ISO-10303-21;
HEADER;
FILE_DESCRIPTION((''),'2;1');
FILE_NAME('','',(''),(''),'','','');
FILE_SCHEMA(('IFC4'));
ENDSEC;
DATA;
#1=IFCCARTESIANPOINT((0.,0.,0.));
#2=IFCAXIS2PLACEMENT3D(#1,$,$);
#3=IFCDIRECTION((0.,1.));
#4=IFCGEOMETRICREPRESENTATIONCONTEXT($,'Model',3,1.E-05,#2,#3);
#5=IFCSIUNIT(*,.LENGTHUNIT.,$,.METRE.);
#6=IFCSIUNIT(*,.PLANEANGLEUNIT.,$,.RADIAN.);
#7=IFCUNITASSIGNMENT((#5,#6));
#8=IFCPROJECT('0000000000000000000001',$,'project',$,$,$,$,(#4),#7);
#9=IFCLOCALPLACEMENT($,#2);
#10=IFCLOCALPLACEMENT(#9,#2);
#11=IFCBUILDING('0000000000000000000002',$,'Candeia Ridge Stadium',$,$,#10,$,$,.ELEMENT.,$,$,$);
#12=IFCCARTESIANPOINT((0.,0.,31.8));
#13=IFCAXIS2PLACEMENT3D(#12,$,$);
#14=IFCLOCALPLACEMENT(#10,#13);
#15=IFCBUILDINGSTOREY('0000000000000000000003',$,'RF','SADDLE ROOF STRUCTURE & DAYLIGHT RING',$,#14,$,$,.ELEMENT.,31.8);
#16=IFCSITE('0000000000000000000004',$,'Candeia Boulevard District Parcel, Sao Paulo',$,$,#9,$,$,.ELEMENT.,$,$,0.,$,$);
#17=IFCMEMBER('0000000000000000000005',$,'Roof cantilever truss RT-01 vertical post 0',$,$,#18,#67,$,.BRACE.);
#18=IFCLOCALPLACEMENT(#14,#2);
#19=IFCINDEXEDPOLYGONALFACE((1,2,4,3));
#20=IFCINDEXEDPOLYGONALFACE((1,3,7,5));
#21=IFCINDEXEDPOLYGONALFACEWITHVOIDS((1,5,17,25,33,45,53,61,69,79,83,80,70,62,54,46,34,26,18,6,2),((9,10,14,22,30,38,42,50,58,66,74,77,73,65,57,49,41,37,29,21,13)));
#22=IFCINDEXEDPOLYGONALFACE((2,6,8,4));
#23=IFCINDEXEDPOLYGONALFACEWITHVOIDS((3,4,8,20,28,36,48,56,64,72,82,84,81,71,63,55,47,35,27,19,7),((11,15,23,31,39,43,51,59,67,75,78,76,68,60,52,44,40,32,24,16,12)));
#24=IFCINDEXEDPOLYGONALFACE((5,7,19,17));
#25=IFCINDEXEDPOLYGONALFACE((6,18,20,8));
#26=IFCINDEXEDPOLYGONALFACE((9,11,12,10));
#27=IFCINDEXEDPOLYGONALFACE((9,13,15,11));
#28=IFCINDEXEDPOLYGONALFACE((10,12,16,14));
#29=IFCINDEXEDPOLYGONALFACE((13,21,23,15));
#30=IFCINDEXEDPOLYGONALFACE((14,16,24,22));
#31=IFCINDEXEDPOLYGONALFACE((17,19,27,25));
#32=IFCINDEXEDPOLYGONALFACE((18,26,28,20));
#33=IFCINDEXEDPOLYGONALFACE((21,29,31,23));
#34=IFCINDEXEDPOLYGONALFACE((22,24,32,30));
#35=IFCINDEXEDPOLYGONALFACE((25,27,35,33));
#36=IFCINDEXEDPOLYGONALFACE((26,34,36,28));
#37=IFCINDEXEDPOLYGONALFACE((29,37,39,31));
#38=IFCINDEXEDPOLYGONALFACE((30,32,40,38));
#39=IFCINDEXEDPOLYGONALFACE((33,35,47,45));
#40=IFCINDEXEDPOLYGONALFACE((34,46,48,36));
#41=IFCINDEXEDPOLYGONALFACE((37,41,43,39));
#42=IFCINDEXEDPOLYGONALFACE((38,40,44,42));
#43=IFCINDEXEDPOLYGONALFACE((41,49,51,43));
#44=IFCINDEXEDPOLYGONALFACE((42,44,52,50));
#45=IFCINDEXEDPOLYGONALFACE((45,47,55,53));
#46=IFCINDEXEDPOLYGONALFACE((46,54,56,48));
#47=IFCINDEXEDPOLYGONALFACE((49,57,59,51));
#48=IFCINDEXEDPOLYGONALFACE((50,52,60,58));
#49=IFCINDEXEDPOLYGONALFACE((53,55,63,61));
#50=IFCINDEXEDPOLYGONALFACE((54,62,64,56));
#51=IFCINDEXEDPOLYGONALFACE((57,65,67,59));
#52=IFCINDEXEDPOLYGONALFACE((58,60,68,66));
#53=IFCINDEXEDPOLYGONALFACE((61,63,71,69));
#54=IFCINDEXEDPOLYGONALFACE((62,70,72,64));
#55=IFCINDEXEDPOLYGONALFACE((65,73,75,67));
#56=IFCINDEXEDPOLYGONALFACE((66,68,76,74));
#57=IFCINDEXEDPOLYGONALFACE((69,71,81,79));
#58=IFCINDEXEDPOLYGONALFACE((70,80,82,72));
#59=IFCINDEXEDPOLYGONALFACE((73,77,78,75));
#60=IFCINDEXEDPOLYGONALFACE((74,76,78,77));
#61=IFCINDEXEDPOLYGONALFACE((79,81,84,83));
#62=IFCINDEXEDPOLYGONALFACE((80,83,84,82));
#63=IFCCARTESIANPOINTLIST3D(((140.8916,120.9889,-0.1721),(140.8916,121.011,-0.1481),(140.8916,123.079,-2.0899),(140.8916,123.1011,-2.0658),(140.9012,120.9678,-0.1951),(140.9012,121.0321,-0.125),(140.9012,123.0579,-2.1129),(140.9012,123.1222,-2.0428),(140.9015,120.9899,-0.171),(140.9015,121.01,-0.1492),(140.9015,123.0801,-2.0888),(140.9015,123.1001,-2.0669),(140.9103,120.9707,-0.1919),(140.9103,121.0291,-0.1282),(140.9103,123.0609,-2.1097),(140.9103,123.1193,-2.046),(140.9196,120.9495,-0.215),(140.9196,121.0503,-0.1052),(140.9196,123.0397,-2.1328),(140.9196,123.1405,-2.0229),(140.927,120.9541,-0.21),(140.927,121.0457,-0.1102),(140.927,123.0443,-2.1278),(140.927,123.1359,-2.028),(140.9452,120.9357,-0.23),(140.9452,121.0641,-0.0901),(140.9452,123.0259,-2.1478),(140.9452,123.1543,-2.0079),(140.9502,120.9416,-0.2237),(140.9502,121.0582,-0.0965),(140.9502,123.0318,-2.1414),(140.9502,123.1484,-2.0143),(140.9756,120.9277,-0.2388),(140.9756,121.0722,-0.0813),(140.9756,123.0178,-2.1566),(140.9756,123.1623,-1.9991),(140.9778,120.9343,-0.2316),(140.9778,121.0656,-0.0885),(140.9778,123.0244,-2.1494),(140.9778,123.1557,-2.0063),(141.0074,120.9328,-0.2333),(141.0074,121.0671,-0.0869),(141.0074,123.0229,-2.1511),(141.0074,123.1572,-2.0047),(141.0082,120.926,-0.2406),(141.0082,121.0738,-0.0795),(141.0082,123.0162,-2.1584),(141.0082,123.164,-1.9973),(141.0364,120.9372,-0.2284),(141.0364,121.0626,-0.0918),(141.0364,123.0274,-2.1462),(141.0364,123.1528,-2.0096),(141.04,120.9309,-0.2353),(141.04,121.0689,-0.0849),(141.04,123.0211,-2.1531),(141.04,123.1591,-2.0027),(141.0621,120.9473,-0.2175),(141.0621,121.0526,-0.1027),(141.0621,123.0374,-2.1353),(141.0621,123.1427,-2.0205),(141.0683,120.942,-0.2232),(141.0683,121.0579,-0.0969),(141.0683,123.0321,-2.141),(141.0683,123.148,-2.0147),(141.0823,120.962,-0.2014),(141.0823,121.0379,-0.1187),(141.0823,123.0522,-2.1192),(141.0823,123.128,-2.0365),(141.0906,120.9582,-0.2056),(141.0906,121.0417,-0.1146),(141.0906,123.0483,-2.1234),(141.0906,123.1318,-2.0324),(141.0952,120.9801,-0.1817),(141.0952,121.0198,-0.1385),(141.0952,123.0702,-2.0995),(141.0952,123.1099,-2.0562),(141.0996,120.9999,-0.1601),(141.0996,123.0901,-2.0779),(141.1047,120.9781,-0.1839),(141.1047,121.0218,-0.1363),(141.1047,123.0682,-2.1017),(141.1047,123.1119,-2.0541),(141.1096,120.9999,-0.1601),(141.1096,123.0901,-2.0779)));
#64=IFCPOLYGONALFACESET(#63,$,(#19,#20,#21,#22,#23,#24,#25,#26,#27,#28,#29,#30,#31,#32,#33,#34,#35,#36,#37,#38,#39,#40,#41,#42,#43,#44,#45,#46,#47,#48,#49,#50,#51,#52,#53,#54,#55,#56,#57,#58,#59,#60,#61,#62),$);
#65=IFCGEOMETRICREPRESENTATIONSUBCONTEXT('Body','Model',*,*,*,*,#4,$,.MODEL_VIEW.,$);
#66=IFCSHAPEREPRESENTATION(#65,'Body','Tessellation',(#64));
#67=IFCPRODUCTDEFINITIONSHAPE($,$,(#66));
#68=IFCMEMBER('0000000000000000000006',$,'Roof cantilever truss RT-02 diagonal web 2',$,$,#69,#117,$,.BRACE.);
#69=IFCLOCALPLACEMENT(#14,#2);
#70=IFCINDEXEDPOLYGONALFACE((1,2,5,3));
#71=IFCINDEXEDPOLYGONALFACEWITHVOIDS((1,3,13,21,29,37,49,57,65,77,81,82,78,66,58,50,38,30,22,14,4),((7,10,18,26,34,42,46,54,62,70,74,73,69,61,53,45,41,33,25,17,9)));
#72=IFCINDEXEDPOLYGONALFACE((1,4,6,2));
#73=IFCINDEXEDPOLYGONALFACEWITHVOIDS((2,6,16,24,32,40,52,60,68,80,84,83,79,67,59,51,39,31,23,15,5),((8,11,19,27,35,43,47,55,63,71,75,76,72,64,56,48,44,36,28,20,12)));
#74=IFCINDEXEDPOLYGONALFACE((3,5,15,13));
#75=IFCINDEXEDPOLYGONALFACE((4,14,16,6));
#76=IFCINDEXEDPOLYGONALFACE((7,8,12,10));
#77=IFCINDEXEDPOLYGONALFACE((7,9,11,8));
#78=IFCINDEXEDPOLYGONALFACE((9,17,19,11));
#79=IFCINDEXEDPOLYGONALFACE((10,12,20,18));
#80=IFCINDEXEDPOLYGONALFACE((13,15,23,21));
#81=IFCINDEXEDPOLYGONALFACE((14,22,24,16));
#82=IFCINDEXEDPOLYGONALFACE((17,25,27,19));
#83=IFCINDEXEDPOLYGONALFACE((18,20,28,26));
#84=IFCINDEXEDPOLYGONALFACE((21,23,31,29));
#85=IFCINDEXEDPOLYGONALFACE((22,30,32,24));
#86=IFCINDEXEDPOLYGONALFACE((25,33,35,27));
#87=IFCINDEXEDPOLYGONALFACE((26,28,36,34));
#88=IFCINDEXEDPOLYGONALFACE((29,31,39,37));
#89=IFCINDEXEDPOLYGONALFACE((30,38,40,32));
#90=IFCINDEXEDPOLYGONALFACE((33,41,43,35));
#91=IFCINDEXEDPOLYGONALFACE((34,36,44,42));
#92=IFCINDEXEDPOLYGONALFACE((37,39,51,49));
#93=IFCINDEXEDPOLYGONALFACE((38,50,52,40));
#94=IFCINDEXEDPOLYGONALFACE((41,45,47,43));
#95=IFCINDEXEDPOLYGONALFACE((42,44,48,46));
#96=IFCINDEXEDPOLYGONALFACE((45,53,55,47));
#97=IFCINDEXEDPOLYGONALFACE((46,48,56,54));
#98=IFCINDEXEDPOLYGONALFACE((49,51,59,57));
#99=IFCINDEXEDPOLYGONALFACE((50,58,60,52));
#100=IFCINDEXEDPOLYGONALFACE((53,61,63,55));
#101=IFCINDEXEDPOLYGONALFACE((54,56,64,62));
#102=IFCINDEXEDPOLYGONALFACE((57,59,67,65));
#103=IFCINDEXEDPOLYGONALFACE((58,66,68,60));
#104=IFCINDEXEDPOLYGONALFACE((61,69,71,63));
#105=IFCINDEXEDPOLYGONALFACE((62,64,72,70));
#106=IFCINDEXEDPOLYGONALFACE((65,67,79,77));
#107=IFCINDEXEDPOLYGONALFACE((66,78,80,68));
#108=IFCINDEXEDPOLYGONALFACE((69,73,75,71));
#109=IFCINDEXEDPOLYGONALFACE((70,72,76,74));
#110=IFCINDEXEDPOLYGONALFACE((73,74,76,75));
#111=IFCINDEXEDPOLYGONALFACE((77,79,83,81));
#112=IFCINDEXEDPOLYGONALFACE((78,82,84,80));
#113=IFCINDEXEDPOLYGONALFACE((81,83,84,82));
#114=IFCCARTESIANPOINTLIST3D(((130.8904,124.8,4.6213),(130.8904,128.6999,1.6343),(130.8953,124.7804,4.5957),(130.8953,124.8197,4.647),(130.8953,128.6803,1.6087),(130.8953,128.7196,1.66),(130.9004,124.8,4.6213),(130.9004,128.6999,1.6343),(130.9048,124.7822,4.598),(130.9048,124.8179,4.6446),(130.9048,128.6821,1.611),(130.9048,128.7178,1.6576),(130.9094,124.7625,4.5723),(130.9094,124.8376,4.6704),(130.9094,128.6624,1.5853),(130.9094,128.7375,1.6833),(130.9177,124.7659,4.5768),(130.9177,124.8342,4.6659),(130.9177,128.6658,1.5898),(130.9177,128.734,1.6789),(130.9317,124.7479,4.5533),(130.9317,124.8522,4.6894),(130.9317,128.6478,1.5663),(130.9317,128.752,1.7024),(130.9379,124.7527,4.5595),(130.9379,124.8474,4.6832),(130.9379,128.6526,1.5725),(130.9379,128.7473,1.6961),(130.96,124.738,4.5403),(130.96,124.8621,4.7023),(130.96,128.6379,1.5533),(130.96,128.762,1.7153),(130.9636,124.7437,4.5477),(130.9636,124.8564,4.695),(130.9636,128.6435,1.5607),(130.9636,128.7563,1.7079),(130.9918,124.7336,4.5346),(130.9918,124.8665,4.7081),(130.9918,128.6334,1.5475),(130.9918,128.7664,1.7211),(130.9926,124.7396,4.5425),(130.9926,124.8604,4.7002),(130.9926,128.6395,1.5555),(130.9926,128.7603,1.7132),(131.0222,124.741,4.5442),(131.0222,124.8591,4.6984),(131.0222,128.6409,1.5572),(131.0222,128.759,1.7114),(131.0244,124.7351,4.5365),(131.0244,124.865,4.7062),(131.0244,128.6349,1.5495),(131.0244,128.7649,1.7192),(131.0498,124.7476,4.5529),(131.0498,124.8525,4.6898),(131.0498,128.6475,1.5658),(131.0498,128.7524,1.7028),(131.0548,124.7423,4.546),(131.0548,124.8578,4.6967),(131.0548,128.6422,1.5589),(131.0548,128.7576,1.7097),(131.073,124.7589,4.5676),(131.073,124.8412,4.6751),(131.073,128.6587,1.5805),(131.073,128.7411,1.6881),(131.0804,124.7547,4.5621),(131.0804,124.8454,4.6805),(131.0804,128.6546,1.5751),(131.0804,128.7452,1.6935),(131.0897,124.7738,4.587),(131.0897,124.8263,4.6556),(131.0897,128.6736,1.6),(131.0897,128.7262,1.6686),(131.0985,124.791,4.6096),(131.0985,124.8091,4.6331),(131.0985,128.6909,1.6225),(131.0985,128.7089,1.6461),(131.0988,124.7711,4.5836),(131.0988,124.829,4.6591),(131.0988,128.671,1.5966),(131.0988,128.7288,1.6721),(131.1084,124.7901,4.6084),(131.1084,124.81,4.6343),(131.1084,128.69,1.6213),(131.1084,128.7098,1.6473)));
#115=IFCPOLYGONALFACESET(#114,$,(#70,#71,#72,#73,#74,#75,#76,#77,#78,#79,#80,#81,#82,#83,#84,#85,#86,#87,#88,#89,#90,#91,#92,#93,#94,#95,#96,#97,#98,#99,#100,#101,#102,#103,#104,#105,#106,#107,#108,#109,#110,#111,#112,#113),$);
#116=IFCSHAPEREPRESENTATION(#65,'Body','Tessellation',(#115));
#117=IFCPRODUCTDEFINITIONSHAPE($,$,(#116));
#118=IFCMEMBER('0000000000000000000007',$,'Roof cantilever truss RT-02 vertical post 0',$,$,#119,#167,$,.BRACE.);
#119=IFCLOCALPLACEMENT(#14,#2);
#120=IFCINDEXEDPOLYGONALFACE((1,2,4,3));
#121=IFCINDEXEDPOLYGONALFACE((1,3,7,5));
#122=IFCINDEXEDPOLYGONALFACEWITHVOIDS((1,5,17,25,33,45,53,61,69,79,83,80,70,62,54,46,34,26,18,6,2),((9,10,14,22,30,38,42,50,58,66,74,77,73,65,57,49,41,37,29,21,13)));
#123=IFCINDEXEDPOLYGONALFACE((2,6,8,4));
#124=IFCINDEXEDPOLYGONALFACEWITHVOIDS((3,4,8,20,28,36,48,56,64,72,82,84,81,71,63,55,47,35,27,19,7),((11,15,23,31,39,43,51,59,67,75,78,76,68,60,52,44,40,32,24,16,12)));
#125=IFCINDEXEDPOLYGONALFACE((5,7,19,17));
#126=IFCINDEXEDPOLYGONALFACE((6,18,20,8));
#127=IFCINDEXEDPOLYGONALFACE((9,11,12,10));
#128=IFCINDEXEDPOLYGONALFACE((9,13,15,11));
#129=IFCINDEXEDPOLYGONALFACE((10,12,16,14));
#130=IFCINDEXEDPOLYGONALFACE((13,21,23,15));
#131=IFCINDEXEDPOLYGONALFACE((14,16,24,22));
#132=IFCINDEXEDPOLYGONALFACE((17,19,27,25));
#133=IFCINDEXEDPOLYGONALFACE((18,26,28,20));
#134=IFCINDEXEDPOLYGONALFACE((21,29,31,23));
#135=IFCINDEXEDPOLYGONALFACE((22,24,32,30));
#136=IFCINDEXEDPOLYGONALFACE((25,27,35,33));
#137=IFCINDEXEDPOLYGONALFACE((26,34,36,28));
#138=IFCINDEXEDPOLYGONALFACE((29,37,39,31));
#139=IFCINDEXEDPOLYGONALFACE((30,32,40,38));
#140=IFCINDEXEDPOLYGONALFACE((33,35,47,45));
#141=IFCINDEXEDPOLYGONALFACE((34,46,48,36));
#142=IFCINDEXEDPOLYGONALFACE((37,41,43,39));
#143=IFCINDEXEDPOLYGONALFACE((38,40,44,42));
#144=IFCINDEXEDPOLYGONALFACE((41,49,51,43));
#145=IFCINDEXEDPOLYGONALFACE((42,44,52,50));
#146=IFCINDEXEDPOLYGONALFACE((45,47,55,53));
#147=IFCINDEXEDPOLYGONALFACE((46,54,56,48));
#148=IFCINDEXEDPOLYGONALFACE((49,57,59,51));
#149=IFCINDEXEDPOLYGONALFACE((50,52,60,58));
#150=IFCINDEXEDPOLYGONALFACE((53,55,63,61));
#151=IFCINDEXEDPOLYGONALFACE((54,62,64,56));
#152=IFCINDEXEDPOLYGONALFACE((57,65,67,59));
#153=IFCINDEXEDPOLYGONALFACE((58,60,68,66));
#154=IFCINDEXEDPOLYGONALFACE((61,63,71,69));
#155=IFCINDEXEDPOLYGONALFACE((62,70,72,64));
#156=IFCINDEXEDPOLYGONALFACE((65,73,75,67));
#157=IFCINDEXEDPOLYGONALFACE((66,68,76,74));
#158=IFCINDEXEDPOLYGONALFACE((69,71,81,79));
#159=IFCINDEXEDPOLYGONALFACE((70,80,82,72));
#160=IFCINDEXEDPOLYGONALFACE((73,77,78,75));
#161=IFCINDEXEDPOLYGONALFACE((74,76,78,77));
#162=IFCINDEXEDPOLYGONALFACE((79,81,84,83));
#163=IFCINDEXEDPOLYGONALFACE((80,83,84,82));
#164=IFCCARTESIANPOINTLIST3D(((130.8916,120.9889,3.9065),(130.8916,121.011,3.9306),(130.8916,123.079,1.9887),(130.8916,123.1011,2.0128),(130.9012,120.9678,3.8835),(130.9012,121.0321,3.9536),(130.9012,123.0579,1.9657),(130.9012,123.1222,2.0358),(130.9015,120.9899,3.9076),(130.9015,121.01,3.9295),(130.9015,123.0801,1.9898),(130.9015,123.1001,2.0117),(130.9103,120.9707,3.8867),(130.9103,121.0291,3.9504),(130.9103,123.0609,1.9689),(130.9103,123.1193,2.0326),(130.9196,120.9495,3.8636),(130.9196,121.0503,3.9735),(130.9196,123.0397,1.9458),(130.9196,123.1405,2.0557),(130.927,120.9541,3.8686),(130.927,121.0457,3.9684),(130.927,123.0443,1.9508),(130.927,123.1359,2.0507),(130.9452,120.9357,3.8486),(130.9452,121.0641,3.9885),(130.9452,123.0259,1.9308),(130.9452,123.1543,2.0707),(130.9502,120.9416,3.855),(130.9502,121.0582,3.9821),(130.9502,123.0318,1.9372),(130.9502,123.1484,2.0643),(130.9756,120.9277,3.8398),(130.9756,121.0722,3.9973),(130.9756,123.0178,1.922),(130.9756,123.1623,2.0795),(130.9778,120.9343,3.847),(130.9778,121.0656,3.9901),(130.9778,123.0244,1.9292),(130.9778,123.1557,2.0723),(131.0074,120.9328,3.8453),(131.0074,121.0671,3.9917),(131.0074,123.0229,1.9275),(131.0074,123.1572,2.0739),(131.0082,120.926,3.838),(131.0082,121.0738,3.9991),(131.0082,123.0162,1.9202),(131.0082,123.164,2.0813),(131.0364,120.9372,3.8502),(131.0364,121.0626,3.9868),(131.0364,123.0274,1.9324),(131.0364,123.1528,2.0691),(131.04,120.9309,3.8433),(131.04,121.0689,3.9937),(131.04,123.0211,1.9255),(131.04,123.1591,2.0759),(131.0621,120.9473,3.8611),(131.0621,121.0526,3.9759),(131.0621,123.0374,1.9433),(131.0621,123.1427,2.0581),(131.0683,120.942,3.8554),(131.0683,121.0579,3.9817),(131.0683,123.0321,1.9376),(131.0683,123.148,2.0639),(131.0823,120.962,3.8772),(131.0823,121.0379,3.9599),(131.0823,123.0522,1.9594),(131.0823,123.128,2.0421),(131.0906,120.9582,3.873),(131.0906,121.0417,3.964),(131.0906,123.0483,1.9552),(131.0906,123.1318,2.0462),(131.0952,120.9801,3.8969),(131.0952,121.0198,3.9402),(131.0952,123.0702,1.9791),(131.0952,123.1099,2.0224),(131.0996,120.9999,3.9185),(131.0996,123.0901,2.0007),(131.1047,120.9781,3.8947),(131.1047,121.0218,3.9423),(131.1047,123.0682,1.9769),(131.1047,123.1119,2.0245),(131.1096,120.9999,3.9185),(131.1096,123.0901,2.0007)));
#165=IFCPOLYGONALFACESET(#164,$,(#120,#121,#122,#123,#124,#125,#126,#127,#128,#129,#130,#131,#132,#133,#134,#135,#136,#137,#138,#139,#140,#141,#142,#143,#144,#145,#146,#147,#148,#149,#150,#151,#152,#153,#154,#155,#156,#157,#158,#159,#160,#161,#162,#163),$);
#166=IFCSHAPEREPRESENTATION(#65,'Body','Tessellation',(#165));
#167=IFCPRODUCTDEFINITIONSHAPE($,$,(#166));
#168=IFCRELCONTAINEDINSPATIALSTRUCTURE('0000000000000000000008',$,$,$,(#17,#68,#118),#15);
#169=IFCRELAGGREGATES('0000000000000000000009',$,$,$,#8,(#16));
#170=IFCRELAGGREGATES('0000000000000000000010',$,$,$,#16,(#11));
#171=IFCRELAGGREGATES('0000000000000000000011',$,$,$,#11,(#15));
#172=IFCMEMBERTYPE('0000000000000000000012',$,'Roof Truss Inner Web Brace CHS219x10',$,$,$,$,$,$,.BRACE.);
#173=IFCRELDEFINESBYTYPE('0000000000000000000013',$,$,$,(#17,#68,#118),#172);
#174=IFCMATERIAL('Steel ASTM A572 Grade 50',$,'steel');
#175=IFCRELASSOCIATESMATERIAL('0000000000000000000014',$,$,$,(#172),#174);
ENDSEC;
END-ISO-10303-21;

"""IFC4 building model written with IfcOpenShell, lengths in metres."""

from ifc_helpers import new_model, si_unit, direction, frame, origin, origin_2d, place, context, subcontext, project, spatial, hollow_circle, extrude, material, material_profile, profile_set, type_object, element, save


model = new_model("IFC4")

# Units and contexts
model_context = context("Model", 3, precision=1e-05, world=origin(), true_north=direction((0.0, 1.0)))
body_context = subcontext(model_context, "Body", "Model", "MODEL_VIEW")
ifc_project = project(units=[si_unit("LENGTHUNIT", "METRE"), si_unit("PLANEANGLEUNIT", "RADIAN")], contexts=[model_context])

# Site, building, storey
site_placement = place(None, origin())
site = spatial("IfcSite", under=ifc_project, at=site_placement, Name="Candeia Boulevard District Parcel, Sao Paulo", CompositionType="ELEMENT", RefElevation=0.0)
building_placement = place(site_placement, origin())
building = spatial("IfcBuilding", under=site, at=building_placement, Name="Candeia Ridge Stadium", CompositionType="ELEMENT")
storey_placement = place(building_placement, frame((0.0, 0.0, 31.8)))
storey = spatial("IfcBuildingStorey", under=building, at=storey_placement, Name="RF", Description="SADDLE ROOF STRUCTURE & DAYLIGHT RING", CompositionType="ELEMENT", Elevation=31.8)

# Shared definitions
ifc_material_1 = material(Name="Steel ASTM A572 Grade 50", Category="steel")

# Members
ifc_material_profile_1 = material_profile(ifc_material_1, hollow_circle(Radius=0.1096, WallThickness=0.01, at=origin_2d()), Name="CHS219x10", Category="steel")
ifc_profile_set_1 = profile_set([ifc_material_profile_1], Name="Steel ASTM A572 Grade 50")
member_type_1 = type_object("IfcMemberType", Name="Roof Truss Inner Web Brace CHS219x10", PredefinedType="BRACE", material=ifc_profile_set_1)
member_1_placement = place(storey_placement, frame((141.0, 123.0901, -2.0779), z_axis=(0.0, -0.736836, 0.676071), x_axis=(1.0, 0.0, 0.0)))
element("IfcMember", 1, at=member_1_placement, inside=storey, type_object=member_type_1, Name="Roof cantilever truss RT-01 vertical post 0", PredefinedType="BRACE", context=body_context, shape_type="SweptSolid", body=[
    extrude(hollow_circle(Radius=0.1096, WallThickness=0.01, at=origin_2d()), origin(), (0.0, 0.0, 1.0), 2.8367),
])
member_2_placement = place(storey_placement, frame((131.0, 124.8, 4.6213), z_axis=(0.0, 0.793888, -0.608064), x_axis=(-1.0, 0.0, 0.0)))
element("IfcMember", 2, at=member_2_placement, inside=storey, type_object=member_type_1, Name="Roof cantilever truss RT-02 diagonal web 2", PredefinedType="BRACE", context=body_context, shape_type="SweptSolid", body=[
    extrude(hollow_circle(Radius=0.1096, WallThickness=0.01, at=origin_2d()), origin(), (0.0, 0.0, 1.0), 4.9124),
])
member_3_placement = place(storey_placement, frame((131.0, 123.0901, 2.0007), z_axis=(0.0, -0.736836, 0.676071), x_axis=(1.0, 0.0, 0.0)))
element("IfcMember", 3, at=member_3_placement, inside=storey, type_object=member_type_1, Name="Roof cantilever truss RT-02 vertical post 0", PredefinedType="BRACE", context=body_context, shape_type="SweptSolid", body=[
    extrude(hollow_circle(Radius=0.1096, WallThickness=0.01, at=origin_2d()), origin(), (0.0, 0.0, 1.0), 2.8367),
])

save(model, "model.ifc")
